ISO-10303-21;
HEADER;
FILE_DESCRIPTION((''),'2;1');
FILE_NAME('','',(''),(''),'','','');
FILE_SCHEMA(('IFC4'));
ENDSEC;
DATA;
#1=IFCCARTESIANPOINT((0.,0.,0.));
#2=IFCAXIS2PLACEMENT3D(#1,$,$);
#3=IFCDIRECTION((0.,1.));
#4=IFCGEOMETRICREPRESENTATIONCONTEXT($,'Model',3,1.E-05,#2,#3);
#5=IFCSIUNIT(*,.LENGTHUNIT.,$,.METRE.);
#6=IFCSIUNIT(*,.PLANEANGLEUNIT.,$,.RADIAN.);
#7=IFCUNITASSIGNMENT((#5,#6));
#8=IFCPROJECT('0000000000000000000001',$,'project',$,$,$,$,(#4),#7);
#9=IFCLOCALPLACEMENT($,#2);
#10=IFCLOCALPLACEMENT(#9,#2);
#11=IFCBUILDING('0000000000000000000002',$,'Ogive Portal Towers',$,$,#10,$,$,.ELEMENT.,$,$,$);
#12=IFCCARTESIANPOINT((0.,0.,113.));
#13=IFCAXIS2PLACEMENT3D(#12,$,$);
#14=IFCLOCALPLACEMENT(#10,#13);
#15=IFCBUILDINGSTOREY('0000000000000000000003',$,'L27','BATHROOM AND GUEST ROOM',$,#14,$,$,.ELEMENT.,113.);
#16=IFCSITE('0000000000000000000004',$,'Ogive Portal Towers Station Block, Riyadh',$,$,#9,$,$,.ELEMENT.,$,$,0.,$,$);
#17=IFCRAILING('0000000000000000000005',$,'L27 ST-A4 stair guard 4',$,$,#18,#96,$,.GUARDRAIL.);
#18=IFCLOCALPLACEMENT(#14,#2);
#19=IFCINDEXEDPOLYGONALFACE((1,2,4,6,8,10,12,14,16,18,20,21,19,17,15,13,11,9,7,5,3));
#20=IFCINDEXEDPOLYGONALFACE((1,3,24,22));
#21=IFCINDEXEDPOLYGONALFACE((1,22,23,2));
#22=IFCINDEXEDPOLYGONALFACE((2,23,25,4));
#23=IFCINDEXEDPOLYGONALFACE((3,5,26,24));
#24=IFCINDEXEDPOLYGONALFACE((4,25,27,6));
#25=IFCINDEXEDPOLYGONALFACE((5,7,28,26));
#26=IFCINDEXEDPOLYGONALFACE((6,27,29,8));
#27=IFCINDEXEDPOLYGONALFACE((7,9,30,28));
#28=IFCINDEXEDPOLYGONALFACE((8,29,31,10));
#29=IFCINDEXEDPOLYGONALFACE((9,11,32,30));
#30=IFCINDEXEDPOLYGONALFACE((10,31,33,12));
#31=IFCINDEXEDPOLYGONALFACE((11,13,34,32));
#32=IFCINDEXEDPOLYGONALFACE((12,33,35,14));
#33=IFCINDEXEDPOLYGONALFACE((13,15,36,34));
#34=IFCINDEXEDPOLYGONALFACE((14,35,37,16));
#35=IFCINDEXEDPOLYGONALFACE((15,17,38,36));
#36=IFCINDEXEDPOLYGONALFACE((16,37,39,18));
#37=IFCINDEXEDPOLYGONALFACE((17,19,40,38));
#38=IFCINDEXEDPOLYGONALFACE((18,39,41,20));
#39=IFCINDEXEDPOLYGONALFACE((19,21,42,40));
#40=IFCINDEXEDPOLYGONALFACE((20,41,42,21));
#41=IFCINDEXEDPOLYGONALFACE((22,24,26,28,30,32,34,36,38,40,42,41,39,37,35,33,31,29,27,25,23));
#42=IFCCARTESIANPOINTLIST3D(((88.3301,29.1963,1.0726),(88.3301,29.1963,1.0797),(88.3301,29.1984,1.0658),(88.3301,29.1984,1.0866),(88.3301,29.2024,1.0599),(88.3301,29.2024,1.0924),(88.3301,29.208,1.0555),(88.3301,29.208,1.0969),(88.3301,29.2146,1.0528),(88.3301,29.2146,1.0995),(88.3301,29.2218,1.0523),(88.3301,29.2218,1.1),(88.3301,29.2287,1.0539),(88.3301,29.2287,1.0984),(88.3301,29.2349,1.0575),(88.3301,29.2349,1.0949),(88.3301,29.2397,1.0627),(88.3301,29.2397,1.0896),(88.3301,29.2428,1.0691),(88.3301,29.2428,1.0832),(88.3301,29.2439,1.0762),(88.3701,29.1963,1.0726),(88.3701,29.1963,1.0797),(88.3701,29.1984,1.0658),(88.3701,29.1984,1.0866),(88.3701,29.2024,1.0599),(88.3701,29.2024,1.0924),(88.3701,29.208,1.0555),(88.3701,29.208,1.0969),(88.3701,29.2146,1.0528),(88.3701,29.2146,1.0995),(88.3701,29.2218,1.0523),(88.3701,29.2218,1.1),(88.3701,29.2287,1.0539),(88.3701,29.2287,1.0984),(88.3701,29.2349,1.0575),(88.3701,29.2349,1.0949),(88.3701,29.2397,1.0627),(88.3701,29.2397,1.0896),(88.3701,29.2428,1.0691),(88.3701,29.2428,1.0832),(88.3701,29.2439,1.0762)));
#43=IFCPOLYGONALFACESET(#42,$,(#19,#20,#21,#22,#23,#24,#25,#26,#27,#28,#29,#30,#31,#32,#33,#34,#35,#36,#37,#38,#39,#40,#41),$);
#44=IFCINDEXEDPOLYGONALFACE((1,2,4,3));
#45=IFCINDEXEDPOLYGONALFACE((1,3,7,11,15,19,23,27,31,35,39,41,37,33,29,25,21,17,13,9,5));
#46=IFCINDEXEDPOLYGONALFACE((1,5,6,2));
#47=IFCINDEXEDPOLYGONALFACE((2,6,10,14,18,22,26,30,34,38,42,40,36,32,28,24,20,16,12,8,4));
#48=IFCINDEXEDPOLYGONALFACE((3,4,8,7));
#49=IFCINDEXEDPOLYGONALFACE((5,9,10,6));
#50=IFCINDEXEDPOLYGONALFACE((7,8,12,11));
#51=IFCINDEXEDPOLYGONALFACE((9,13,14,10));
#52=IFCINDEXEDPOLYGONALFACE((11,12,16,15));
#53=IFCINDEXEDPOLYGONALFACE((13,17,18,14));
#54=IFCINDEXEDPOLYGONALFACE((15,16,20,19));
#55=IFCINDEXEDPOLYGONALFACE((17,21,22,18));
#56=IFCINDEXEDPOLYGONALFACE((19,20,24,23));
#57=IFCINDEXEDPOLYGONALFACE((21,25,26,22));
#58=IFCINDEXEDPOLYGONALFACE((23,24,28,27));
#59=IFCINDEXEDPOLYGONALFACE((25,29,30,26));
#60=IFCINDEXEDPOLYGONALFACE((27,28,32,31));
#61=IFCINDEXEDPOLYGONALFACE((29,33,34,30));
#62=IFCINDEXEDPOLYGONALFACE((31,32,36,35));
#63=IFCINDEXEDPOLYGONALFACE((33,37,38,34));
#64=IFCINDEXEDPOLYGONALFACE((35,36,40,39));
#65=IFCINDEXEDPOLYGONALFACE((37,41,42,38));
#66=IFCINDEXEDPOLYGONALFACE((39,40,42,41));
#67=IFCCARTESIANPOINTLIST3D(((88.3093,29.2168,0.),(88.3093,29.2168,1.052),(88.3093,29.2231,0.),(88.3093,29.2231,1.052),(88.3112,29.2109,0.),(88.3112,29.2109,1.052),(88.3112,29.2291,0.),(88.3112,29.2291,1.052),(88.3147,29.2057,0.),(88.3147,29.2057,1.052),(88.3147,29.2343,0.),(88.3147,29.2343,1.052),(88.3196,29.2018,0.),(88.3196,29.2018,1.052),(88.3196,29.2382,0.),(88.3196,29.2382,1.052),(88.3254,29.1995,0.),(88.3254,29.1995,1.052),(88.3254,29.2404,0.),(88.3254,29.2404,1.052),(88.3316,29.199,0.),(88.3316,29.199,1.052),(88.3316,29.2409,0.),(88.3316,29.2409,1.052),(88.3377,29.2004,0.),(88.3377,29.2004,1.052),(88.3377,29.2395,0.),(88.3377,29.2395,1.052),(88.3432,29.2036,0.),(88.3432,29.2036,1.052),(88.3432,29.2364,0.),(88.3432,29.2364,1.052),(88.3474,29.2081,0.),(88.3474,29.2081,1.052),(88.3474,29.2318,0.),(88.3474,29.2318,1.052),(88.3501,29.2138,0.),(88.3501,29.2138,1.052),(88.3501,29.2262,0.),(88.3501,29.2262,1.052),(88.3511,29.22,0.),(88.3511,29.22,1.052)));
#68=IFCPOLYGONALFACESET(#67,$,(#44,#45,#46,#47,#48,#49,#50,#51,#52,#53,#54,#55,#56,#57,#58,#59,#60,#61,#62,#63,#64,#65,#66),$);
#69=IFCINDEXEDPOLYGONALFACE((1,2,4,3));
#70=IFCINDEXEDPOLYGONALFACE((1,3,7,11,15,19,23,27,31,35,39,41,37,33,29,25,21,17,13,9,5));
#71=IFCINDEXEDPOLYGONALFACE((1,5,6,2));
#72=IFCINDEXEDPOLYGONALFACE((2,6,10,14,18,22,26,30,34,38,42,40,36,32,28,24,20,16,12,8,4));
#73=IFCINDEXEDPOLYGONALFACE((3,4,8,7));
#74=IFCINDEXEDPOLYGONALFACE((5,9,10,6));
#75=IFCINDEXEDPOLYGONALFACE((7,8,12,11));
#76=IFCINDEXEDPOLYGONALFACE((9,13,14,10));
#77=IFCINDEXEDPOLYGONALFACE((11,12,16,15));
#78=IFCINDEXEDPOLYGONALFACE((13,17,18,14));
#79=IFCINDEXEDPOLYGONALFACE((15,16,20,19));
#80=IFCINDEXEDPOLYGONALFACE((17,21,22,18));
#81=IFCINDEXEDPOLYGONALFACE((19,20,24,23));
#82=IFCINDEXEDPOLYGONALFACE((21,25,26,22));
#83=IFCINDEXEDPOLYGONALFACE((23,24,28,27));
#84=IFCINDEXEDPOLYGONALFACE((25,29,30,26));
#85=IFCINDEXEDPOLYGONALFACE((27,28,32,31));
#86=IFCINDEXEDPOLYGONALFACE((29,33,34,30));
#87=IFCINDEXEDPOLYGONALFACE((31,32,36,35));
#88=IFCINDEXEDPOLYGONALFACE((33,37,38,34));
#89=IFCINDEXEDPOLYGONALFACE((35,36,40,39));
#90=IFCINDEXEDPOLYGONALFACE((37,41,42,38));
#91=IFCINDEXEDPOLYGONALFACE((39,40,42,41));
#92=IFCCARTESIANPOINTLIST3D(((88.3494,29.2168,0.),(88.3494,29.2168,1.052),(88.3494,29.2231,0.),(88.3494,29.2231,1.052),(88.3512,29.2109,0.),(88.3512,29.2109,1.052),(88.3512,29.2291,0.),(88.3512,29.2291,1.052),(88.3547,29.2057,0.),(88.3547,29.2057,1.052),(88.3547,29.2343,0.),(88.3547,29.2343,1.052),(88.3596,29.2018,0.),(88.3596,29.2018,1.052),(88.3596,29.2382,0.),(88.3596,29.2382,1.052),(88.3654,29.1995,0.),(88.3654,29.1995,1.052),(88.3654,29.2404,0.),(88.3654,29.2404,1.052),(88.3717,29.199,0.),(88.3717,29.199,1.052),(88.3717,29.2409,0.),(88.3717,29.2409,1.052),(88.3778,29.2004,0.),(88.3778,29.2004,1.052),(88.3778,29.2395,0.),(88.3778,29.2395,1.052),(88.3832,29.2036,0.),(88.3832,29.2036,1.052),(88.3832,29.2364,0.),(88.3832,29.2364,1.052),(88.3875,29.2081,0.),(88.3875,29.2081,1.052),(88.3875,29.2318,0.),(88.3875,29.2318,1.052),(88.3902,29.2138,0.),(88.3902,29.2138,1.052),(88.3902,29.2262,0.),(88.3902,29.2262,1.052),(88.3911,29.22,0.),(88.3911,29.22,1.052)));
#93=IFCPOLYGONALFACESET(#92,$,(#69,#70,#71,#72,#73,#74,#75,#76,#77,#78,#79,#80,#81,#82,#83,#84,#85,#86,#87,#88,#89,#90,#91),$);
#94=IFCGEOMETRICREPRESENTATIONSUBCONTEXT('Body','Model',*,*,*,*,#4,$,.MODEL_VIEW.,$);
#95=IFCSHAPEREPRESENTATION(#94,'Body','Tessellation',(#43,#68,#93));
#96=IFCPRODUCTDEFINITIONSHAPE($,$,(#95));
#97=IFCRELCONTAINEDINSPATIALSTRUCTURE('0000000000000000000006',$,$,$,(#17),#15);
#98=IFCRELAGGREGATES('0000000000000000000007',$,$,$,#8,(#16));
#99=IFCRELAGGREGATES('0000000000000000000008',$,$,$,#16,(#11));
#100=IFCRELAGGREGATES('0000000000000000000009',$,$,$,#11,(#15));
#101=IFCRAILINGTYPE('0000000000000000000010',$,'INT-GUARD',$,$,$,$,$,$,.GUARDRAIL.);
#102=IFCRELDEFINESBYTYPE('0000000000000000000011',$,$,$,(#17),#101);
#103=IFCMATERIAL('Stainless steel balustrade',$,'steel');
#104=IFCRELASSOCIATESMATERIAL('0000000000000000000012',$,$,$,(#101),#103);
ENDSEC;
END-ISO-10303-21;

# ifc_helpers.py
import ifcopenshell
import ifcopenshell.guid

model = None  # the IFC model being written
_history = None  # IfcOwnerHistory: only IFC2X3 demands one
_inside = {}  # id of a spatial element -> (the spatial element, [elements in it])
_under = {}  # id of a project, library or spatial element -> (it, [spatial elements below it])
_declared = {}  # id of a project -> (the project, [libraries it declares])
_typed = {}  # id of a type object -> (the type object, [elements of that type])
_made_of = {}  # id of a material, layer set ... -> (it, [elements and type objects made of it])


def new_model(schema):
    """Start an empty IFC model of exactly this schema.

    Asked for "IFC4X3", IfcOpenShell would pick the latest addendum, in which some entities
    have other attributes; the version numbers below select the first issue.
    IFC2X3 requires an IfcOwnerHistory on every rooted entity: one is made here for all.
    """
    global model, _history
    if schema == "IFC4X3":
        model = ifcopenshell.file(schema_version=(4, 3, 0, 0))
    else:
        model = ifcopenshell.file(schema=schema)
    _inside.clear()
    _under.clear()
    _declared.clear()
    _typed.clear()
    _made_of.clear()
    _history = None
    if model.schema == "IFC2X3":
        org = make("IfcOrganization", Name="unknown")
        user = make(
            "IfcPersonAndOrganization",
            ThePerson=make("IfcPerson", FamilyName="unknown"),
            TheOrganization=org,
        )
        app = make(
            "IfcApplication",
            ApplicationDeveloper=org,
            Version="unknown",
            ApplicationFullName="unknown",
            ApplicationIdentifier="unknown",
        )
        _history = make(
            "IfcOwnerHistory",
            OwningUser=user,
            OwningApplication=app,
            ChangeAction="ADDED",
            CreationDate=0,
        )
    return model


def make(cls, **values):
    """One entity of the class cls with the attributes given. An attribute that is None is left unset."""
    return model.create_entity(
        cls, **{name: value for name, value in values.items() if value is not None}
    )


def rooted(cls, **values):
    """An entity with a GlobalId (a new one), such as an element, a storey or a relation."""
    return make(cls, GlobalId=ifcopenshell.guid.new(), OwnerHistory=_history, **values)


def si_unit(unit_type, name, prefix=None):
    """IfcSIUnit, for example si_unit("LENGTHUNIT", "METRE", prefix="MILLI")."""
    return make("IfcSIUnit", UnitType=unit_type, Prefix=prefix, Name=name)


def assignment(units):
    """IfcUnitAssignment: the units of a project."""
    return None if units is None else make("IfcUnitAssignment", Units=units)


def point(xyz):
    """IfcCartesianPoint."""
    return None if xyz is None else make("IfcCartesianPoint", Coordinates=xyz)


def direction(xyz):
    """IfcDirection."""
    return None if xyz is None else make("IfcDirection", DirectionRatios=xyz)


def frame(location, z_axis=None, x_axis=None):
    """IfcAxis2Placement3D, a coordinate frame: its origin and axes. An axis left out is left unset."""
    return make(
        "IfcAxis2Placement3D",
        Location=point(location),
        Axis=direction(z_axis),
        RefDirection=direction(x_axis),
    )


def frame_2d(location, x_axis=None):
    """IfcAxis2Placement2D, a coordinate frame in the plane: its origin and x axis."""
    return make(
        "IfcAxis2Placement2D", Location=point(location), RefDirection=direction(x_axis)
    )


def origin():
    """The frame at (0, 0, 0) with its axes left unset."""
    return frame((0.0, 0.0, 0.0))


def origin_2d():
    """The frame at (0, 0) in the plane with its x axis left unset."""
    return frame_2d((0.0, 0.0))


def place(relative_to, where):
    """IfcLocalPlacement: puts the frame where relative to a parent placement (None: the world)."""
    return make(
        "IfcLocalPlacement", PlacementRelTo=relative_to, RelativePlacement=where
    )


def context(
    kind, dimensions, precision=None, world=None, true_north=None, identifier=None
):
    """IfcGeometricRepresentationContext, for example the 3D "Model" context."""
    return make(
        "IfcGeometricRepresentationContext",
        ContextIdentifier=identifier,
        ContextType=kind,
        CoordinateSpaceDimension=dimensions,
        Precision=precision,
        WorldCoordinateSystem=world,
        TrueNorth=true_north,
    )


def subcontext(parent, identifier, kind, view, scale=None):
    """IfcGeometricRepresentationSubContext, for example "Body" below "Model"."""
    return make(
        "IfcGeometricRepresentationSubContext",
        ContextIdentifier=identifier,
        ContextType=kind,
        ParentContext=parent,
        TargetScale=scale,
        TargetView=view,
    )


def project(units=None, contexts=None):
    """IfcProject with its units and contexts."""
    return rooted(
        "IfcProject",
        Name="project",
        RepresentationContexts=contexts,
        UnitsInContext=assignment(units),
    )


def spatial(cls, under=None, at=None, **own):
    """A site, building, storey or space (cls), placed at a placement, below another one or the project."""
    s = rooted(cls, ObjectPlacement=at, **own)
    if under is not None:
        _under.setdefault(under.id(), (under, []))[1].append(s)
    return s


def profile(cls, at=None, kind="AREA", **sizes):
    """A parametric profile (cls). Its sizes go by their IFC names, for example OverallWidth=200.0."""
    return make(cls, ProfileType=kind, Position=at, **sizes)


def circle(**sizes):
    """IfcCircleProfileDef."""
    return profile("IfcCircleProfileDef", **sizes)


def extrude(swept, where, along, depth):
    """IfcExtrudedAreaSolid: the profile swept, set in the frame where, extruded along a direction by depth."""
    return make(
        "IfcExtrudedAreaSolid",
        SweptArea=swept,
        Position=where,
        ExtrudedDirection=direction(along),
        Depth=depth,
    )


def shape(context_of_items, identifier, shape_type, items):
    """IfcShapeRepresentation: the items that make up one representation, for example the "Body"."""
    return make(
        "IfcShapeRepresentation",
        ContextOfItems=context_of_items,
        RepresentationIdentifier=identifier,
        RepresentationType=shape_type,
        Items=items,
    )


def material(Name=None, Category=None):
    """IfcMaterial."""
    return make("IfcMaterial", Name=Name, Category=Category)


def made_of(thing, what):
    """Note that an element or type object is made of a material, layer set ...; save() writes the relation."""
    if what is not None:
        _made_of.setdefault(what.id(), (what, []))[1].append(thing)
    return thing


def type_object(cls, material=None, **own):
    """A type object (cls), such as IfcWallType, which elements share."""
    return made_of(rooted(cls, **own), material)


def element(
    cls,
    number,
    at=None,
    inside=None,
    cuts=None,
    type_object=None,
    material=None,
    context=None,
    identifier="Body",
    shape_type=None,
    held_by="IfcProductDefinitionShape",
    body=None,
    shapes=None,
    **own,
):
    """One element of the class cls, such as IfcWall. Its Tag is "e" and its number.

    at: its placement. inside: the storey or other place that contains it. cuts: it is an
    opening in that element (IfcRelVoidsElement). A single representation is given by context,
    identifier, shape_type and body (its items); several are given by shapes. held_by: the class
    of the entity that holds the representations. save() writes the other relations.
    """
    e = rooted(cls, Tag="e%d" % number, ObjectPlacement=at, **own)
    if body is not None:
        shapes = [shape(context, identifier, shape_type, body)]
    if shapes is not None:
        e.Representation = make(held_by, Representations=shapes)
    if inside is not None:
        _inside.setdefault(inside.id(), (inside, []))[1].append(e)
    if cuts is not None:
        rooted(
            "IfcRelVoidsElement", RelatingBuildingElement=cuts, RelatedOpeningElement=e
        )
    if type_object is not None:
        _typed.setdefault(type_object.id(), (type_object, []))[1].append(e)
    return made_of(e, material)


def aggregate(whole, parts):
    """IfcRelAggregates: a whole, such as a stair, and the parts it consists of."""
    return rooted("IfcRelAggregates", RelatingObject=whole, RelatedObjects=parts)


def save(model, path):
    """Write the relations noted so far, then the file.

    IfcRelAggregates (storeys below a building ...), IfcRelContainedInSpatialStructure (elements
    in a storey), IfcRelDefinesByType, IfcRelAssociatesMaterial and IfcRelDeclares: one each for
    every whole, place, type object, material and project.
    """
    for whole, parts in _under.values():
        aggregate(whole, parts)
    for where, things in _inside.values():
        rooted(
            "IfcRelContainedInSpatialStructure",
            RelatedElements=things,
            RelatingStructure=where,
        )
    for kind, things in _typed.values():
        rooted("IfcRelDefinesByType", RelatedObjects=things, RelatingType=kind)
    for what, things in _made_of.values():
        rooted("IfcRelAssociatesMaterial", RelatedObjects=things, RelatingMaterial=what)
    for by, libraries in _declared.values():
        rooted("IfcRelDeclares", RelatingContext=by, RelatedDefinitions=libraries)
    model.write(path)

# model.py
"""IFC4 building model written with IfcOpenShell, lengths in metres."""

from ifc_helpers import new_model, si_unit, direction, frame, origin, origin_2d, place, context, subcontext, project, spatial, circle, extrude, material, type_object, element, save


model = new_model("IFC4")

# Units and contexts
model_context = context("Model", 3, precision=1e-05, world=origin(), true_north=direction((0.0, 1.0)))
body_context = subcontext(model_context, "Body", "Model", "MODEL_VIEW")
ifc_project = project(units=[si_unit("LENGTHUNIT", "METRE"), si_unit("PLANEANGLEUNIT", "RADIAN")], contexts=[model_context])

# Site, building, storey
site_placement = place(None, origin())
site = spatial("IfcSite", under=ifc_project, at=site_placement, Name="Ogive Portal Towers Station Block, Riyadh", CompositionType="ELEMENT", RefElevation=0.0)
building_placement = place(site_placement, origin())
building = spatial("IfcBuilding", under=site, at=building_placement, Name="Ogive Portal Towers", CompositionType="ELEMENT")
storey_placement = place(building_placement, frame((0.0, 0.0, 113.0)))
storey = spatial("IfcBuildingStorey", under=building, at=storey_placement, Name="L27", Description="BATHROOM AND GUEST ROOM", CompositionType="ELEMENT", Elevation=113.0)

# Railing
ifc_material_1 = material(Name="Stainless steel balustrade", Category="steel")
railing_type_1 = type_object("IfcRailingType", Name="INT-GUARD", PredefinedType="GUARDRAIL", material=ifc_material_1)
railing_1_placement = place(storey_placement, frame((88.3301, 29.22, 0.0)))
element("IfcRailing", 1, at=railing_1_placement, inside=storey, type_object=railing_type_1, Name="L27 ST-A4 stair guard 4", PredefinedType="GUARDRAIL", context=body_context, shape_type="SweptSolid", body=[
    extrude(circle(Radius=0.0239, at=origin_2d()), frame((0.0, 0.0, 1.0762), z_axis=(1.0, 0.0, 0.0), x_axis=(0.0, 1.0, 0.0)), (0.0, 0.0, 1.0), 0.04),
    extrude(circle(Radius=0.021, at=origin_2d()), origin(), (0.0, 0.0, 1.0), 1.052),
    extrude(circle(Radius=0.021, at=origin_2d()), frame((0.04, 0.0, 0.0)), (0.0, 0.0, 1.0), 1.052),
])

save(model, "model.ifc")
